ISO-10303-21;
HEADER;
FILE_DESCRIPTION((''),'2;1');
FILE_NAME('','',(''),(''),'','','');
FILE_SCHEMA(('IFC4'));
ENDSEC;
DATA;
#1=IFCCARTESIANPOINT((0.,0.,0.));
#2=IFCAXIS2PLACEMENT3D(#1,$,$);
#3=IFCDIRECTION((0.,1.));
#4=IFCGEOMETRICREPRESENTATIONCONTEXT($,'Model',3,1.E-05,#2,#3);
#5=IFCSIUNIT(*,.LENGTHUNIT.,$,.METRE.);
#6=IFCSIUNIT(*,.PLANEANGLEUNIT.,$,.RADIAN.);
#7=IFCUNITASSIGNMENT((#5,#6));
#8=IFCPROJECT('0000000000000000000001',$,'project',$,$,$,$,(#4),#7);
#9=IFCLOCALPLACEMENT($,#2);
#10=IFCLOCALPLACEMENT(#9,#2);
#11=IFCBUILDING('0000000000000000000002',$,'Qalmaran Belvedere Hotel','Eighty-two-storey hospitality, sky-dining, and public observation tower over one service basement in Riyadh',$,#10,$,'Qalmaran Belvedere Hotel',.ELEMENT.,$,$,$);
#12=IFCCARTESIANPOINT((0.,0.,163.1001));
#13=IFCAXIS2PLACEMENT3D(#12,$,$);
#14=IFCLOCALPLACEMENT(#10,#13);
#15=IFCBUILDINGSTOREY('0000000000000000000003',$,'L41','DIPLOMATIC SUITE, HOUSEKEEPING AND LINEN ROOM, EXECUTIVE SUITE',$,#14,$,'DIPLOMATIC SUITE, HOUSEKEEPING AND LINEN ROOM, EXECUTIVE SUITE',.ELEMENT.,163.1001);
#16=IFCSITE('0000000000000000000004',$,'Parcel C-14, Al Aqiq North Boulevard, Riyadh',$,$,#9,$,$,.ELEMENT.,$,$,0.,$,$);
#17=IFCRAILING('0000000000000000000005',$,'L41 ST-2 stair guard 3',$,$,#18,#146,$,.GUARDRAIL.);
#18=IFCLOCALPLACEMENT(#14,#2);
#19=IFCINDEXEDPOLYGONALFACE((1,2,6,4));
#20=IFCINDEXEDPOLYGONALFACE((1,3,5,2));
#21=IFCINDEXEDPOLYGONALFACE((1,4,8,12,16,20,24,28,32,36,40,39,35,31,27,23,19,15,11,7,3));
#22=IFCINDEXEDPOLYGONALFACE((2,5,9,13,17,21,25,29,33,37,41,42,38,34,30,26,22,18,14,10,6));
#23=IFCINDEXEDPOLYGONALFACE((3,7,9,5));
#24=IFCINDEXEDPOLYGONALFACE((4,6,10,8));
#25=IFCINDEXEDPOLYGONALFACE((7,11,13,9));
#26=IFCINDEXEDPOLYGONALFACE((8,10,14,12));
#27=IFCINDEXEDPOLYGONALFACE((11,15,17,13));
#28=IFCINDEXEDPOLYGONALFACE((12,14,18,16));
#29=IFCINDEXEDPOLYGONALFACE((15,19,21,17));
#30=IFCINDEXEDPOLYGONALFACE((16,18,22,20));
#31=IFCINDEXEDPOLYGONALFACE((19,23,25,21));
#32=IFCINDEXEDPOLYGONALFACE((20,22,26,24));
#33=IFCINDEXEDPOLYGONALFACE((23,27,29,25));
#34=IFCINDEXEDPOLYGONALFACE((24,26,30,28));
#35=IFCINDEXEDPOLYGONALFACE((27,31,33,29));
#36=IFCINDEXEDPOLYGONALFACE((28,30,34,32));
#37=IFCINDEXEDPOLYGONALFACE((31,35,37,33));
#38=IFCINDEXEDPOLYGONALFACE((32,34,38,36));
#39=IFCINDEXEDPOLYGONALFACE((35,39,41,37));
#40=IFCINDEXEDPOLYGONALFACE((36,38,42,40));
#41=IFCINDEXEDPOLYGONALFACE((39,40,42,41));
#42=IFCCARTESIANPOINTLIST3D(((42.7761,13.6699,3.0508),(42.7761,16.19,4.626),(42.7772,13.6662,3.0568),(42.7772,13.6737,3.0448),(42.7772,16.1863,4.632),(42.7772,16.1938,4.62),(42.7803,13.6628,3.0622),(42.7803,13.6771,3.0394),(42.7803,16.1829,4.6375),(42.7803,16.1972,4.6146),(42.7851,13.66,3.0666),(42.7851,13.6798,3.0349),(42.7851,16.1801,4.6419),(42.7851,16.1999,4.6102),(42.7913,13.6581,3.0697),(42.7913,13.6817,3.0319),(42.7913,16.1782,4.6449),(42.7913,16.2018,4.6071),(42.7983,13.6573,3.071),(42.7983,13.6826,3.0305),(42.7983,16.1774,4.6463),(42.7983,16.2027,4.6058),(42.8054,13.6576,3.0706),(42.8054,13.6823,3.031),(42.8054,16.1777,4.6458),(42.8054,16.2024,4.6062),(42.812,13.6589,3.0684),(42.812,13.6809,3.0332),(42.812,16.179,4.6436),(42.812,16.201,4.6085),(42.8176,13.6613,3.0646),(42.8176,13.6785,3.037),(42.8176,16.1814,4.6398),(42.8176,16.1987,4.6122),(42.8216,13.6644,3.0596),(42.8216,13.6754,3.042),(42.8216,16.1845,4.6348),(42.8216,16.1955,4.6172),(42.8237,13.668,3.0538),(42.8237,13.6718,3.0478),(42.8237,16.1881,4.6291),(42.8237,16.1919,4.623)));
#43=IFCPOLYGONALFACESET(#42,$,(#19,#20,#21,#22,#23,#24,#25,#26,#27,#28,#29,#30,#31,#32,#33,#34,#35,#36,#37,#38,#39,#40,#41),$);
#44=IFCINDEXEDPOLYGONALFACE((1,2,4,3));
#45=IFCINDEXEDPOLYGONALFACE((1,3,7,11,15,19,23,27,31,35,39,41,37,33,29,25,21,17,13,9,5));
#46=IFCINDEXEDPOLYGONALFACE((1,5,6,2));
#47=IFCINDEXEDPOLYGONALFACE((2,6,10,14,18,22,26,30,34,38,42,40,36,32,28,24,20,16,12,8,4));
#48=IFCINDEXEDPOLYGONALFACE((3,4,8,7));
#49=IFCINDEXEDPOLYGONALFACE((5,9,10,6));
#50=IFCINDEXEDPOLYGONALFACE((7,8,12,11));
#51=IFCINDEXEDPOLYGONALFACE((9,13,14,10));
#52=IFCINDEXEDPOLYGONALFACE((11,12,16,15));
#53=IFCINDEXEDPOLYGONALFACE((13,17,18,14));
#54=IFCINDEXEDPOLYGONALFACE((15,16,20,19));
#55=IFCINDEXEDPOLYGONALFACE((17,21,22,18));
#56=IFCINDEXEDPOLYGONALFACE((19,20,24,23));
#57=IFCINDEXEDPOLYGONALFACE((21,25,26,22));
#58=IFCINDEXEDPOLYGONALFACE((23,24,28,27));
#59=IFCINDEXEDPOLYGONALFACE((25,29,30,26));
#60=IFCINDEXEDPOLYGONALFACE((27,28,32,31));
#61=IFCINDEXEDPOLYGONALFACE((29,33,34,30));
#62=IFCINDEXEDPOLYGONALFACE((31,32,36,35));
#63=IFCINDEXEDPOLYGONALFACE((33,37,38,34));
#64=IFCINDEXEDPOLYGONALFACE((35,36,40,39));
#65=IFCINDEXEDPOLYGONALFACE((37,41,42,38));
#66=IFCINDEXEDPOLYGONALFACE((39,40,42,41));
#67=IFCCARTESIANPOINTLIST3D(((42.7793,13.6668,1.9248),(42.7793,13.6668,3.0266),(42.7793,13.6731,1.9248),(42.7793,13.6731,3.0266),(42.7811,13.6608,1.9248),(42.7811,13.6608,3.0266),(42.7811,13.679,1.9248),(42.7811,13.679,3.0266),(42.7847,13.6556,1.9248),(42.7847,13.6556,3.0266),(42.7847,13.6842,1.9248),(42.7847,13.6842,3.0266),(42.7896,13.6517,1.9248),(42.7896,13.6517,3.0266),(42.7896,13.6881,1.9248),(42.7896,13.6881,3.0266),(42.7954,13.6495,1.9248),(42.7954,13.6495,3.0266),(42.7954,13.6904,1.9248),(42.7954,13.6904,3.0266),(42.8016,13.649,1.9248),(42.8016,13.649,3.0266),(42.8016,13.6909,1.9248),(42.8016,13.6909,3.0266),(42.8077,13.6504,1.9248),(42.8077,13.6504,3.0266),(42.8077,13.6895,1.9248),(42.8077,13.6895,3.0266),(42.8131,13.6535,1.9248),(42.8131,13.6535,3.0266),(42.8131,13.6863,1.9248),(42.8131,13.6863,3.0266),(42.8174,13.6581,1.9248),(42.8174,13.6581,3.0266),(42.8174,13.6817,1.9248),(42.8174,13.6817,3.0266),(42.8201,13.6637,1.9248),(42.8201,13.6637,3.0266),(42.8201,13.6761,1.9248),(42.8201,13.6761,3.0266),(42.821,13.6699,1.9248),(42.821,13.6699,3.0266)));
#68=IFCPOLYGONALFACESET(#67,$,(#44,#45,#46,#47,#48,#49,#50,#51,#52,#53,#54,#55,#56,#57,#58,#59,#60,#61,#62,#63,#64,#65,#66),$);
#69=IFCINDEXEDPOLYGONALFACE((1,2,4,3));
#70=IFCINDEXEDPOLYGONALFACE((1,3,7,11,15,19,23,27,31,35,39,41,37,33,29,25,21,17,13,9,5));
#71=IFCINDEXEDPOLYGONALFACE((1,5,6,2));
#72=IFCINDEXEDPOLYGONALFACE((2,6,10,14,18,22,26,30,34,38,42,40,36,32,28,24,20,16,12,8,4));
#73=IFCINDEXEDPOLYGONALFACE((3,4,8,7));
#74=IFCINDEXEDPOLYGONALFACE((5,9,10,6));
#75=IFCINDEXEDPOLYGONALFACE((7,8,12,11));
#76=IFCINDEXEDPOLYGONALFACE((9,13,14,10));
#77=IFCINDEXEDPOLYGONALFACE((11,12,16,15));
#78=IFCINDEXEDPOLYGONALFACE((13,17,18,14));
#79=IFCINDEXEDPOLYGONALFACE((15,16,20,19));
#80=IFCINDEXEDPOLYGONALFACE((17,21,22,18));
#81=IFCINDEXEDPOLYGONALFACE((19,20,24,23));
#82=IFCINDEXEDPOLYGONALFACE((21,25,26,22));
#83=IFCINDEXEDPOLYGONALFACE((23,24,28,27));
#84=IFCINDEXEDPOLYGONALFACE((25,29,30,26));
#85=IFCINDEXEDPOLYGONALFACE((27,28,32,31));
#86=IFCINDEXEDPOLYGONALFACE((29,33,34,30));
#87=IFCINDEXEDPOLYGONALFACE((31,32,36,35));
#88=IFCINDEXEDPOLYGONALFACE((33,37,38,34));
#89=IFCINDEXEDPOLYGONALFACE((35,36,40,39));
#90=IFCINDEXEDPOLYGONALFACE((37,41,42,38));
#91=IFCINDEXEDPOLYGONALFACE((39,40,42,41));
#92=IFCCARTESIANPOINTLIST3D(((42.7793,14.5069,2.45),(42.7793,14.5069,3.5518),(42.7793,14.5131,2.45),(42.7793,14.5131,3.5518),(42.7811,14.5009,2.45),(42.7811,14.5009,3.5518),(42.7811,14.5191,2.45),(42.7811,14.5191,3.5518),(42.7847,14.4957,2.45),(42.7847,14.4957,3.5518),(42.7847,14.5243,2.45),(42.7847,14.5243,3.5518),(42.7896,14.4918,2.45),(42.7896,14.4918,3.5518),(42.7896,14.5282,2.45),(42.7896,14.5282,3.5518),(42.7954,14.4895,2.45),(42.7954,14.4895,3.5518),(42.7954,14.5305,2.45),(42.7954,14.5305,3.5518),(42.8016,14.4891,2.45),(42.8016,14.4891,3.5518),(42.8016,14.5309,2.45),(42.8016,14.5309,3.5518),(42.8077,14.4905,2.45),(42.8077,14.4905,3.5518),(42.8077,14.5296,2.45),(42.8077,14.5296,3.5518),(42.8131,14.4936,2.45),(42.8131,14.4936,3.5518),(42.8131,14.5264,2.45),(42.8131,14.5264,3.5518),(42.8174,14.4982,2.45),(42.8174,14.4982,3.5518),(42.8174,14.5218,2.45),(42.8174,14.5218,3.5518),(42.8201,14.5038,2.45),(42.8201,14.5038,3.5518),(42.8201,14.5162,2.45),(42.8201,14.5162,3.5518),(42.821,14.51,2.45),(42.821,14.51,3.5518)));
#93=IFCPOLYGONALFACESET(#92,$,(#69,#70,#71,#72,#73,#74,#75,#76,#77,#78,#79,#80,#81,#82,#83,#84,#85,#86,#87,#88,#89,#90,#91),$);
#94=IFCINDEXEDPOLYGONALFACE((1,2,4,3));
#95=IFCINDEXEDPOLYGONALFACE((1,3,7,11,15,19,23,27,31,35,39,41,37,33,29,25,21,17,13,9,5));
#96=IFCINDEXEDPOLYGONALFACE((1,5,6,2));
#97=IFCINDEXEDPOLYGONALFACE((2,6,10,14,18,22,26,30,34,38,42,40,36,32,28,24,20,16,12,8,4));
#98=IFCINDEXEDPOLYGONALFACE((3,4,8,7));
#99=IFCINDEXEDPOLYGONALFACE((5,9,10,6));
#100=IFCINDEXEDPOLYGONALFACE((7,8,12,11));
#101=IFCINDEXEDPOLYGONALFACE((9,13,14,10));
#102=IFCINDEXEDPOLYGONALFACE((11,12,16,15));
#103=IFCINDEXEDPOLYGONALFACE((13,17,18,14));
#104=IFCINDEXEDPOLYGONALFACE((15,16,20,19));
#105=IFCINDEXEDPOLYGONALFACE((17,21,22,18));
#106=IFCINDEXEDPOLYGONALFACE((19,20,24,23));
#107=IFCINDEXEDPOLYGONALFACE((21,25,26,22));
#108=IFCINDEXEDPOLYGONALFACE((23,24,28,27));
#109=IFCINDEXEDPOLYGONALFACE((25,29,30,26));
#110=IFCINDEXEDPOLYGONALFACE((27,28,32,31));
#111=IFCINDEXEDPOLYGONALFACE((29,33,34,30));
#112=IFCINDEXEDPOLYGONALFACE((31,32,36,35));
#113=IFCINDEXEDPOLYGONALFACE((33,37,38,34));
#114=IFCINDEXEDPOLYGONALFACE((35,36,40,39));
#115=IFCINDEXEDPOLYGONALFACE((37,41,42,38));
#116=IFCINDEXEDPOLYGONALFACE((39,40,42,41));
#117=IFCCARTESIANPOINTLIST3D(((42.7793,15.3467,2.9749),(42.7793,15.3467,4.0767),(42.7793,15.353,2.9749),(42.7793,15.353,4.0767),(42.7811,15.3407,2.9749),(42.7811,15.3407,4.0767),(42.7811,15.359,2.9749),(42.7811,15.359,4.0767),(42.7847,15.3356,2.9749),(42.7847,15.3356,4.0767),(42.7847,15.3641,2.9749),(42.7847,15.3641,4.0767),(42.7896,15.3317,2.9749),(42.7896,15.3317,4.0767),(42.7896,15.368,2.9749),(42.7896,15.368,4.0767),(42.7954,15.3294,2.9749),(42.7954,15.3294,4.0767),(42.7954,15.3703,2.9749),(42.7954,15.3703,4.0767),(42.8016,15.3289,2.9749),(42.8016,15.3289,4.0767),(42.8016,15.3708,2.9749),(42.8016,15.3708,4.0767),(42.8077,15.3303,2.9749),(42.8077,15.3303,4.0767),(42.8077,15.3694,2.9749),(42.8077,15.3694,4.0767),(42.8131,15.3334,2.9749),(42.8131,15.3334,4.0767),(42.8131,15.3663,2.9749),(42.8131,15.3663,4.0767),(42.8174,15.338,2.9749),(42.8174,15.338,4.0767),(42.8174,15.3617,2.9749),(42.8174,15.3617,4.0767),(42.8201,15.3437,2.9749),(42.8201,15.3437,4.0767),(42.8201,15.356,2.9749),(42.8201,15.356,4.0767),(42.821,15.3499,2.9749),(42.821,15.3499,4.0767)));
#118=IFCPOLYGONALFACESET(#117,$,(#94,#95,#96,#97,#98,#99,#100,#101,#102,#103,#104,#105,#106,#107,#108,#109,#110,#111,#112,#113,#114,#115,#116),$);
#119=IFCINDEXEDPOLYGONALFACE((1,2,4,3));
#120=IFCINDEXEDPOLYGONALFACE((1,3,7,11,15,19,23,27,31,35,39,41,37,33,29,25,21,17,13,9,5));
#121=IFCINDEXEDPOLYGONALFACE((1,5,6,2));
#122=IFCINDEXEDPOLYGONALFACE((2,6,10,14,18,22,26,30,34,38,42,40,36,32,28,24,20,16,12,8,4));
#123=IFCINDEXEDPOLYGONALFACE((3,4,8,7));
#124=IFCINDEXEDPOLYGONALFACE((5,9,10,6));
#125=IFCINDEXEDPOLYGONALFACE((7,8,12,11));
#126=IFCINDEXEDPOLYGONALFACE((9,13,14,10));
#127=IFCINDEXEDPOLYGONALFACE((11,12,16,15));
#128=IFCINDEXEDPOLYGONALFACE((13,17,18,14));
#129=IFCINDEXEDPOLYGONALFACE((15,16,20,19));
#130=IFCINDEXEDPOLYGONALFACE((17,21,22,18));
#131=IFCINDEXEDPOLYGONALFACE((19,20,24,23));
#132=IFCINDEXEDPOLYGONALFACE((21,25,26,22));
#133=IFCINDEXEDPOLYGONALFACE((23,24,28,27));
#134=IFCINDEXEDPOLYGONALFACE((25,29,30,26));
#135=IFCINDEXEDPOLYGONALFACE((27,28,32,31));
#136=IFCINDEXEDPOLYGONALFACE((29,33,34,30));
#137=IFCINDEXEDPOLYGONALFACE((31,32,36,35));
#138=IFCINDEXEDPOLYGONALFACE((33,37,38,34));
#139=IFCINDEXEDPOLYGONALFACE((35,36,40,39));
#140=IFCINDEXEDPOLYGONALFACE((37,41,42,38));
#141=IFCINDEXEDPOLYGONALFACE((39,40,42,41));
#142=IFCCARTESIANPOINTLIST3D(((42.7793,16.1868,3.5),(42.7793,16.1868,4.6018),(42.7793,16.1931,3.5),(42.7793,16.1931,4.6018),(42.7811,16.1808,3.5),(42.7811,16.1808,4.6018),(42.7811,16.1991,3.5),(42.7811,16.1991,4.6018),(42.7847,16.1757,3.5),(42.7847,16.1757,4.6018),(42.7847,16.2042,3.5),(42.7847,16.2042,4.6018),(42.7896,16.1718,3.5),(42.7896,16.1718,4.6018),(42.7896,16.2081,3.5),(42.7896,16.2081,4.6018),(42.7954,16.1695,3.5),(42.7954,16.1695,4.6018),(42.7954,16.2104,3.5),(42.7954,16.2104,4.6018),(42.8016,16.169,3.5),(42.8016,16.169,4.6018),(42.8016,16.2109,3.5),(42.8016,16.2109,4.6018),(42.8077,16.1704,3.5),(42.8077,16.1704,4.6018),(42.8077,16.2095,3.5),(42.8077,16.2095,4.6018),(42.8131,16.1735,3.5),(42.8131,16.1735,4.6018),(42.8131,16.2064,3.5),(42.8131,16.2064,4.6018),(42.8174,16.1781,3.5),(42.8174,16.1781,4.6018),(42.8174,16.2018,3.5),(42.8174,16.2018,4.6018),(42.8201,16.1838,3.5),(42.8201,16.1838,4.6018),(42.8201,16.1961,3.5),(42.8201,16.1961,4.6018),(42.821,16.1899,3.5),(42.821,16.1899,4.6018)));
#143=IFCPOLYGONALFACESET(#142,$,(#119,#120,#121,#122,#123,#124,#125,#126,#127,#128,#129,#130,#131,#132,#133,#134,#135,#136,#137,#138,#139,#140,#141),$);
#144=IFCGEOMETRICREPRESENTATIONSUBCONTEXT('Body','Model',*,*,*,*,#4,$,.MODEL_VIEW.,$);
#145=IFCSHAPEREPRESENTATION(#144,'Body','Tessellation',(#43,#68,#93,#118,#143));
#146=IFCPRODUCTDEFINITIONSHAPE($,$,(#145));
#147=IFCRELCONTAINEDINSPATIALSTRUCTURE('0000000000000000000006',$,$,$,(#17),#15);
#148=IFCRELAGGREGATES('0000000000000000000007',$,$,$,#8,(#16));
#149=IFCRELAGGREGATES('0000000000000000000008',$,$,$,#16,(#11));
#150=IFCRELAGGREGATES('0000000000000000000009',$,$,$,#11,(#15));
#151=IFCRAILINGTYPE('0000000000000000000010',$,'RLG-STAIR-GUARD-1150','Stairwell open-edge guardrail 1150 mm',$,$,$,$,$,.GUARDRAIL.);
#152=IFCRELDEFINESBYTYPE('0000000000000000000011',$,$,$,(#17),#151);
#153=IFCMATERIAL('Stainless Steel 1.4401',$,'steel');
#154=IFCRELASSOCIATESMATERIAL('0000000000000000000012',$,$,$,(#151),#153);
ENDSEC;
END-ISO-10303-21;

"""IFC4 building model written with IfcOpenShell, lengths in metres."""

from ifc_helpers import new_model, si_unit, direction, frame, origin, origin_2d, place, context, subcontext, project, spatial, circle, extrude, material, type_object, element, save


model = new_model("IFC4")

# Units and contexts
model_context = context("Model", 3, precision=1e-05, world=origin(), true_north=direction((0.0, 1.0)))
body_context = subcontext(model_context, "Body", "Model", "MODEL_VIEW")
ifc_project = project(units=[si_unit("LENGTHUNIT", "METRE"), si_unit("PLANEANGLEUNIT", "RADIAN")], contexts=[model_context])

# Site, building, storey
site_placement = place(None, origin())
site = spatial("IfcSite", under=ifc_project, at=site_placement, Name="Parcel C-14, Al Aqiq North Boulevard, Riyadh", CompositionType="ELEMENT", RefElevation=0.0)
building_placement = place(site_placement, origin())
building = spatial("IfcBuilding", under=site, at=building_placement, Name="Qalmaran Belvedere Hotel", Description="Eighty-two-storey hospitality, sky-dining, and public observation tower over one service basement in Riyadh", LongName="Qalmaran Belvedere Hotel", CompositionType="ELEMENT")
storey_placement = place(building_placement, frame((0.0, 0.0, 163.1001)))
storey = spatial("IfcBuildingStorey", under=building, at=storey_placement, Name="L41", Description="DIPLOMATIC SUITE, HOUSEKEEPING AND LINEN ROOM, EXECUTIVE SUITE", LongName="DIPLOMATIC SUITE, HOUSEKEEPING AND LINEN ROOM, EXECUTIVE SUITE", CompositionType="ELEMENT", Elevation=163.1001)

# Railing
ifc_material_1 = material(Name="Stainless Steel 1.4401", Category="steel")
railing_type_1 = type_object("IfcRailingType", Name="RLG-STAIR-GUARD-1150", Description="Stairwell open-edge guardrail 1150 mm", PredefinedType="GUARDRAIL", material=ifc_material_1)
railing_1_placement = place(storey_placement, frame((42.8, 13.6699, 1.9248)))
element("IfcRailing", 1, at=railing_1_placement, inside=storey, type_object=railing_type_1, Name="L41 ST-2 stair guard 3", PredefinedType="GUARDRAIL", context=body_context, shape_type="SweptSolid", body=[
    extrude(circle(Radius=0.0239, at=origin_2d()), frame((0.0, 0.0, 1.126), z_axis=(0.0, 0.847971, 0.530043), x_axis=(-1.0, 0.0, 0.0)), (0.0, 0.0, 1.0), 2.9719),
    extrude(circle(Radius=0.021, at=origin_2d()), origin(), (0.0, 0.0, 1.0), 1.1018),
    extrude(circle(Radius=0.021, at=origin_2d()), frame((0.0, 0.8401, 0.5251)), (0.0, 0.0, 1.0), 1.1018),
    extrude(circle(Radius=0.021, at=origin_2d()), frame((0.0, 1.6799, 1.05)), (0.0, 0.0, 1.0), 1.1018),
    extrude(circle(Radius=0.021, at=origin_2d()), frame((0.0, 2.52, 1.5752)), (0.0, 0.0, 1.0), 1.1018),
])

save(model, "model.ifc")
